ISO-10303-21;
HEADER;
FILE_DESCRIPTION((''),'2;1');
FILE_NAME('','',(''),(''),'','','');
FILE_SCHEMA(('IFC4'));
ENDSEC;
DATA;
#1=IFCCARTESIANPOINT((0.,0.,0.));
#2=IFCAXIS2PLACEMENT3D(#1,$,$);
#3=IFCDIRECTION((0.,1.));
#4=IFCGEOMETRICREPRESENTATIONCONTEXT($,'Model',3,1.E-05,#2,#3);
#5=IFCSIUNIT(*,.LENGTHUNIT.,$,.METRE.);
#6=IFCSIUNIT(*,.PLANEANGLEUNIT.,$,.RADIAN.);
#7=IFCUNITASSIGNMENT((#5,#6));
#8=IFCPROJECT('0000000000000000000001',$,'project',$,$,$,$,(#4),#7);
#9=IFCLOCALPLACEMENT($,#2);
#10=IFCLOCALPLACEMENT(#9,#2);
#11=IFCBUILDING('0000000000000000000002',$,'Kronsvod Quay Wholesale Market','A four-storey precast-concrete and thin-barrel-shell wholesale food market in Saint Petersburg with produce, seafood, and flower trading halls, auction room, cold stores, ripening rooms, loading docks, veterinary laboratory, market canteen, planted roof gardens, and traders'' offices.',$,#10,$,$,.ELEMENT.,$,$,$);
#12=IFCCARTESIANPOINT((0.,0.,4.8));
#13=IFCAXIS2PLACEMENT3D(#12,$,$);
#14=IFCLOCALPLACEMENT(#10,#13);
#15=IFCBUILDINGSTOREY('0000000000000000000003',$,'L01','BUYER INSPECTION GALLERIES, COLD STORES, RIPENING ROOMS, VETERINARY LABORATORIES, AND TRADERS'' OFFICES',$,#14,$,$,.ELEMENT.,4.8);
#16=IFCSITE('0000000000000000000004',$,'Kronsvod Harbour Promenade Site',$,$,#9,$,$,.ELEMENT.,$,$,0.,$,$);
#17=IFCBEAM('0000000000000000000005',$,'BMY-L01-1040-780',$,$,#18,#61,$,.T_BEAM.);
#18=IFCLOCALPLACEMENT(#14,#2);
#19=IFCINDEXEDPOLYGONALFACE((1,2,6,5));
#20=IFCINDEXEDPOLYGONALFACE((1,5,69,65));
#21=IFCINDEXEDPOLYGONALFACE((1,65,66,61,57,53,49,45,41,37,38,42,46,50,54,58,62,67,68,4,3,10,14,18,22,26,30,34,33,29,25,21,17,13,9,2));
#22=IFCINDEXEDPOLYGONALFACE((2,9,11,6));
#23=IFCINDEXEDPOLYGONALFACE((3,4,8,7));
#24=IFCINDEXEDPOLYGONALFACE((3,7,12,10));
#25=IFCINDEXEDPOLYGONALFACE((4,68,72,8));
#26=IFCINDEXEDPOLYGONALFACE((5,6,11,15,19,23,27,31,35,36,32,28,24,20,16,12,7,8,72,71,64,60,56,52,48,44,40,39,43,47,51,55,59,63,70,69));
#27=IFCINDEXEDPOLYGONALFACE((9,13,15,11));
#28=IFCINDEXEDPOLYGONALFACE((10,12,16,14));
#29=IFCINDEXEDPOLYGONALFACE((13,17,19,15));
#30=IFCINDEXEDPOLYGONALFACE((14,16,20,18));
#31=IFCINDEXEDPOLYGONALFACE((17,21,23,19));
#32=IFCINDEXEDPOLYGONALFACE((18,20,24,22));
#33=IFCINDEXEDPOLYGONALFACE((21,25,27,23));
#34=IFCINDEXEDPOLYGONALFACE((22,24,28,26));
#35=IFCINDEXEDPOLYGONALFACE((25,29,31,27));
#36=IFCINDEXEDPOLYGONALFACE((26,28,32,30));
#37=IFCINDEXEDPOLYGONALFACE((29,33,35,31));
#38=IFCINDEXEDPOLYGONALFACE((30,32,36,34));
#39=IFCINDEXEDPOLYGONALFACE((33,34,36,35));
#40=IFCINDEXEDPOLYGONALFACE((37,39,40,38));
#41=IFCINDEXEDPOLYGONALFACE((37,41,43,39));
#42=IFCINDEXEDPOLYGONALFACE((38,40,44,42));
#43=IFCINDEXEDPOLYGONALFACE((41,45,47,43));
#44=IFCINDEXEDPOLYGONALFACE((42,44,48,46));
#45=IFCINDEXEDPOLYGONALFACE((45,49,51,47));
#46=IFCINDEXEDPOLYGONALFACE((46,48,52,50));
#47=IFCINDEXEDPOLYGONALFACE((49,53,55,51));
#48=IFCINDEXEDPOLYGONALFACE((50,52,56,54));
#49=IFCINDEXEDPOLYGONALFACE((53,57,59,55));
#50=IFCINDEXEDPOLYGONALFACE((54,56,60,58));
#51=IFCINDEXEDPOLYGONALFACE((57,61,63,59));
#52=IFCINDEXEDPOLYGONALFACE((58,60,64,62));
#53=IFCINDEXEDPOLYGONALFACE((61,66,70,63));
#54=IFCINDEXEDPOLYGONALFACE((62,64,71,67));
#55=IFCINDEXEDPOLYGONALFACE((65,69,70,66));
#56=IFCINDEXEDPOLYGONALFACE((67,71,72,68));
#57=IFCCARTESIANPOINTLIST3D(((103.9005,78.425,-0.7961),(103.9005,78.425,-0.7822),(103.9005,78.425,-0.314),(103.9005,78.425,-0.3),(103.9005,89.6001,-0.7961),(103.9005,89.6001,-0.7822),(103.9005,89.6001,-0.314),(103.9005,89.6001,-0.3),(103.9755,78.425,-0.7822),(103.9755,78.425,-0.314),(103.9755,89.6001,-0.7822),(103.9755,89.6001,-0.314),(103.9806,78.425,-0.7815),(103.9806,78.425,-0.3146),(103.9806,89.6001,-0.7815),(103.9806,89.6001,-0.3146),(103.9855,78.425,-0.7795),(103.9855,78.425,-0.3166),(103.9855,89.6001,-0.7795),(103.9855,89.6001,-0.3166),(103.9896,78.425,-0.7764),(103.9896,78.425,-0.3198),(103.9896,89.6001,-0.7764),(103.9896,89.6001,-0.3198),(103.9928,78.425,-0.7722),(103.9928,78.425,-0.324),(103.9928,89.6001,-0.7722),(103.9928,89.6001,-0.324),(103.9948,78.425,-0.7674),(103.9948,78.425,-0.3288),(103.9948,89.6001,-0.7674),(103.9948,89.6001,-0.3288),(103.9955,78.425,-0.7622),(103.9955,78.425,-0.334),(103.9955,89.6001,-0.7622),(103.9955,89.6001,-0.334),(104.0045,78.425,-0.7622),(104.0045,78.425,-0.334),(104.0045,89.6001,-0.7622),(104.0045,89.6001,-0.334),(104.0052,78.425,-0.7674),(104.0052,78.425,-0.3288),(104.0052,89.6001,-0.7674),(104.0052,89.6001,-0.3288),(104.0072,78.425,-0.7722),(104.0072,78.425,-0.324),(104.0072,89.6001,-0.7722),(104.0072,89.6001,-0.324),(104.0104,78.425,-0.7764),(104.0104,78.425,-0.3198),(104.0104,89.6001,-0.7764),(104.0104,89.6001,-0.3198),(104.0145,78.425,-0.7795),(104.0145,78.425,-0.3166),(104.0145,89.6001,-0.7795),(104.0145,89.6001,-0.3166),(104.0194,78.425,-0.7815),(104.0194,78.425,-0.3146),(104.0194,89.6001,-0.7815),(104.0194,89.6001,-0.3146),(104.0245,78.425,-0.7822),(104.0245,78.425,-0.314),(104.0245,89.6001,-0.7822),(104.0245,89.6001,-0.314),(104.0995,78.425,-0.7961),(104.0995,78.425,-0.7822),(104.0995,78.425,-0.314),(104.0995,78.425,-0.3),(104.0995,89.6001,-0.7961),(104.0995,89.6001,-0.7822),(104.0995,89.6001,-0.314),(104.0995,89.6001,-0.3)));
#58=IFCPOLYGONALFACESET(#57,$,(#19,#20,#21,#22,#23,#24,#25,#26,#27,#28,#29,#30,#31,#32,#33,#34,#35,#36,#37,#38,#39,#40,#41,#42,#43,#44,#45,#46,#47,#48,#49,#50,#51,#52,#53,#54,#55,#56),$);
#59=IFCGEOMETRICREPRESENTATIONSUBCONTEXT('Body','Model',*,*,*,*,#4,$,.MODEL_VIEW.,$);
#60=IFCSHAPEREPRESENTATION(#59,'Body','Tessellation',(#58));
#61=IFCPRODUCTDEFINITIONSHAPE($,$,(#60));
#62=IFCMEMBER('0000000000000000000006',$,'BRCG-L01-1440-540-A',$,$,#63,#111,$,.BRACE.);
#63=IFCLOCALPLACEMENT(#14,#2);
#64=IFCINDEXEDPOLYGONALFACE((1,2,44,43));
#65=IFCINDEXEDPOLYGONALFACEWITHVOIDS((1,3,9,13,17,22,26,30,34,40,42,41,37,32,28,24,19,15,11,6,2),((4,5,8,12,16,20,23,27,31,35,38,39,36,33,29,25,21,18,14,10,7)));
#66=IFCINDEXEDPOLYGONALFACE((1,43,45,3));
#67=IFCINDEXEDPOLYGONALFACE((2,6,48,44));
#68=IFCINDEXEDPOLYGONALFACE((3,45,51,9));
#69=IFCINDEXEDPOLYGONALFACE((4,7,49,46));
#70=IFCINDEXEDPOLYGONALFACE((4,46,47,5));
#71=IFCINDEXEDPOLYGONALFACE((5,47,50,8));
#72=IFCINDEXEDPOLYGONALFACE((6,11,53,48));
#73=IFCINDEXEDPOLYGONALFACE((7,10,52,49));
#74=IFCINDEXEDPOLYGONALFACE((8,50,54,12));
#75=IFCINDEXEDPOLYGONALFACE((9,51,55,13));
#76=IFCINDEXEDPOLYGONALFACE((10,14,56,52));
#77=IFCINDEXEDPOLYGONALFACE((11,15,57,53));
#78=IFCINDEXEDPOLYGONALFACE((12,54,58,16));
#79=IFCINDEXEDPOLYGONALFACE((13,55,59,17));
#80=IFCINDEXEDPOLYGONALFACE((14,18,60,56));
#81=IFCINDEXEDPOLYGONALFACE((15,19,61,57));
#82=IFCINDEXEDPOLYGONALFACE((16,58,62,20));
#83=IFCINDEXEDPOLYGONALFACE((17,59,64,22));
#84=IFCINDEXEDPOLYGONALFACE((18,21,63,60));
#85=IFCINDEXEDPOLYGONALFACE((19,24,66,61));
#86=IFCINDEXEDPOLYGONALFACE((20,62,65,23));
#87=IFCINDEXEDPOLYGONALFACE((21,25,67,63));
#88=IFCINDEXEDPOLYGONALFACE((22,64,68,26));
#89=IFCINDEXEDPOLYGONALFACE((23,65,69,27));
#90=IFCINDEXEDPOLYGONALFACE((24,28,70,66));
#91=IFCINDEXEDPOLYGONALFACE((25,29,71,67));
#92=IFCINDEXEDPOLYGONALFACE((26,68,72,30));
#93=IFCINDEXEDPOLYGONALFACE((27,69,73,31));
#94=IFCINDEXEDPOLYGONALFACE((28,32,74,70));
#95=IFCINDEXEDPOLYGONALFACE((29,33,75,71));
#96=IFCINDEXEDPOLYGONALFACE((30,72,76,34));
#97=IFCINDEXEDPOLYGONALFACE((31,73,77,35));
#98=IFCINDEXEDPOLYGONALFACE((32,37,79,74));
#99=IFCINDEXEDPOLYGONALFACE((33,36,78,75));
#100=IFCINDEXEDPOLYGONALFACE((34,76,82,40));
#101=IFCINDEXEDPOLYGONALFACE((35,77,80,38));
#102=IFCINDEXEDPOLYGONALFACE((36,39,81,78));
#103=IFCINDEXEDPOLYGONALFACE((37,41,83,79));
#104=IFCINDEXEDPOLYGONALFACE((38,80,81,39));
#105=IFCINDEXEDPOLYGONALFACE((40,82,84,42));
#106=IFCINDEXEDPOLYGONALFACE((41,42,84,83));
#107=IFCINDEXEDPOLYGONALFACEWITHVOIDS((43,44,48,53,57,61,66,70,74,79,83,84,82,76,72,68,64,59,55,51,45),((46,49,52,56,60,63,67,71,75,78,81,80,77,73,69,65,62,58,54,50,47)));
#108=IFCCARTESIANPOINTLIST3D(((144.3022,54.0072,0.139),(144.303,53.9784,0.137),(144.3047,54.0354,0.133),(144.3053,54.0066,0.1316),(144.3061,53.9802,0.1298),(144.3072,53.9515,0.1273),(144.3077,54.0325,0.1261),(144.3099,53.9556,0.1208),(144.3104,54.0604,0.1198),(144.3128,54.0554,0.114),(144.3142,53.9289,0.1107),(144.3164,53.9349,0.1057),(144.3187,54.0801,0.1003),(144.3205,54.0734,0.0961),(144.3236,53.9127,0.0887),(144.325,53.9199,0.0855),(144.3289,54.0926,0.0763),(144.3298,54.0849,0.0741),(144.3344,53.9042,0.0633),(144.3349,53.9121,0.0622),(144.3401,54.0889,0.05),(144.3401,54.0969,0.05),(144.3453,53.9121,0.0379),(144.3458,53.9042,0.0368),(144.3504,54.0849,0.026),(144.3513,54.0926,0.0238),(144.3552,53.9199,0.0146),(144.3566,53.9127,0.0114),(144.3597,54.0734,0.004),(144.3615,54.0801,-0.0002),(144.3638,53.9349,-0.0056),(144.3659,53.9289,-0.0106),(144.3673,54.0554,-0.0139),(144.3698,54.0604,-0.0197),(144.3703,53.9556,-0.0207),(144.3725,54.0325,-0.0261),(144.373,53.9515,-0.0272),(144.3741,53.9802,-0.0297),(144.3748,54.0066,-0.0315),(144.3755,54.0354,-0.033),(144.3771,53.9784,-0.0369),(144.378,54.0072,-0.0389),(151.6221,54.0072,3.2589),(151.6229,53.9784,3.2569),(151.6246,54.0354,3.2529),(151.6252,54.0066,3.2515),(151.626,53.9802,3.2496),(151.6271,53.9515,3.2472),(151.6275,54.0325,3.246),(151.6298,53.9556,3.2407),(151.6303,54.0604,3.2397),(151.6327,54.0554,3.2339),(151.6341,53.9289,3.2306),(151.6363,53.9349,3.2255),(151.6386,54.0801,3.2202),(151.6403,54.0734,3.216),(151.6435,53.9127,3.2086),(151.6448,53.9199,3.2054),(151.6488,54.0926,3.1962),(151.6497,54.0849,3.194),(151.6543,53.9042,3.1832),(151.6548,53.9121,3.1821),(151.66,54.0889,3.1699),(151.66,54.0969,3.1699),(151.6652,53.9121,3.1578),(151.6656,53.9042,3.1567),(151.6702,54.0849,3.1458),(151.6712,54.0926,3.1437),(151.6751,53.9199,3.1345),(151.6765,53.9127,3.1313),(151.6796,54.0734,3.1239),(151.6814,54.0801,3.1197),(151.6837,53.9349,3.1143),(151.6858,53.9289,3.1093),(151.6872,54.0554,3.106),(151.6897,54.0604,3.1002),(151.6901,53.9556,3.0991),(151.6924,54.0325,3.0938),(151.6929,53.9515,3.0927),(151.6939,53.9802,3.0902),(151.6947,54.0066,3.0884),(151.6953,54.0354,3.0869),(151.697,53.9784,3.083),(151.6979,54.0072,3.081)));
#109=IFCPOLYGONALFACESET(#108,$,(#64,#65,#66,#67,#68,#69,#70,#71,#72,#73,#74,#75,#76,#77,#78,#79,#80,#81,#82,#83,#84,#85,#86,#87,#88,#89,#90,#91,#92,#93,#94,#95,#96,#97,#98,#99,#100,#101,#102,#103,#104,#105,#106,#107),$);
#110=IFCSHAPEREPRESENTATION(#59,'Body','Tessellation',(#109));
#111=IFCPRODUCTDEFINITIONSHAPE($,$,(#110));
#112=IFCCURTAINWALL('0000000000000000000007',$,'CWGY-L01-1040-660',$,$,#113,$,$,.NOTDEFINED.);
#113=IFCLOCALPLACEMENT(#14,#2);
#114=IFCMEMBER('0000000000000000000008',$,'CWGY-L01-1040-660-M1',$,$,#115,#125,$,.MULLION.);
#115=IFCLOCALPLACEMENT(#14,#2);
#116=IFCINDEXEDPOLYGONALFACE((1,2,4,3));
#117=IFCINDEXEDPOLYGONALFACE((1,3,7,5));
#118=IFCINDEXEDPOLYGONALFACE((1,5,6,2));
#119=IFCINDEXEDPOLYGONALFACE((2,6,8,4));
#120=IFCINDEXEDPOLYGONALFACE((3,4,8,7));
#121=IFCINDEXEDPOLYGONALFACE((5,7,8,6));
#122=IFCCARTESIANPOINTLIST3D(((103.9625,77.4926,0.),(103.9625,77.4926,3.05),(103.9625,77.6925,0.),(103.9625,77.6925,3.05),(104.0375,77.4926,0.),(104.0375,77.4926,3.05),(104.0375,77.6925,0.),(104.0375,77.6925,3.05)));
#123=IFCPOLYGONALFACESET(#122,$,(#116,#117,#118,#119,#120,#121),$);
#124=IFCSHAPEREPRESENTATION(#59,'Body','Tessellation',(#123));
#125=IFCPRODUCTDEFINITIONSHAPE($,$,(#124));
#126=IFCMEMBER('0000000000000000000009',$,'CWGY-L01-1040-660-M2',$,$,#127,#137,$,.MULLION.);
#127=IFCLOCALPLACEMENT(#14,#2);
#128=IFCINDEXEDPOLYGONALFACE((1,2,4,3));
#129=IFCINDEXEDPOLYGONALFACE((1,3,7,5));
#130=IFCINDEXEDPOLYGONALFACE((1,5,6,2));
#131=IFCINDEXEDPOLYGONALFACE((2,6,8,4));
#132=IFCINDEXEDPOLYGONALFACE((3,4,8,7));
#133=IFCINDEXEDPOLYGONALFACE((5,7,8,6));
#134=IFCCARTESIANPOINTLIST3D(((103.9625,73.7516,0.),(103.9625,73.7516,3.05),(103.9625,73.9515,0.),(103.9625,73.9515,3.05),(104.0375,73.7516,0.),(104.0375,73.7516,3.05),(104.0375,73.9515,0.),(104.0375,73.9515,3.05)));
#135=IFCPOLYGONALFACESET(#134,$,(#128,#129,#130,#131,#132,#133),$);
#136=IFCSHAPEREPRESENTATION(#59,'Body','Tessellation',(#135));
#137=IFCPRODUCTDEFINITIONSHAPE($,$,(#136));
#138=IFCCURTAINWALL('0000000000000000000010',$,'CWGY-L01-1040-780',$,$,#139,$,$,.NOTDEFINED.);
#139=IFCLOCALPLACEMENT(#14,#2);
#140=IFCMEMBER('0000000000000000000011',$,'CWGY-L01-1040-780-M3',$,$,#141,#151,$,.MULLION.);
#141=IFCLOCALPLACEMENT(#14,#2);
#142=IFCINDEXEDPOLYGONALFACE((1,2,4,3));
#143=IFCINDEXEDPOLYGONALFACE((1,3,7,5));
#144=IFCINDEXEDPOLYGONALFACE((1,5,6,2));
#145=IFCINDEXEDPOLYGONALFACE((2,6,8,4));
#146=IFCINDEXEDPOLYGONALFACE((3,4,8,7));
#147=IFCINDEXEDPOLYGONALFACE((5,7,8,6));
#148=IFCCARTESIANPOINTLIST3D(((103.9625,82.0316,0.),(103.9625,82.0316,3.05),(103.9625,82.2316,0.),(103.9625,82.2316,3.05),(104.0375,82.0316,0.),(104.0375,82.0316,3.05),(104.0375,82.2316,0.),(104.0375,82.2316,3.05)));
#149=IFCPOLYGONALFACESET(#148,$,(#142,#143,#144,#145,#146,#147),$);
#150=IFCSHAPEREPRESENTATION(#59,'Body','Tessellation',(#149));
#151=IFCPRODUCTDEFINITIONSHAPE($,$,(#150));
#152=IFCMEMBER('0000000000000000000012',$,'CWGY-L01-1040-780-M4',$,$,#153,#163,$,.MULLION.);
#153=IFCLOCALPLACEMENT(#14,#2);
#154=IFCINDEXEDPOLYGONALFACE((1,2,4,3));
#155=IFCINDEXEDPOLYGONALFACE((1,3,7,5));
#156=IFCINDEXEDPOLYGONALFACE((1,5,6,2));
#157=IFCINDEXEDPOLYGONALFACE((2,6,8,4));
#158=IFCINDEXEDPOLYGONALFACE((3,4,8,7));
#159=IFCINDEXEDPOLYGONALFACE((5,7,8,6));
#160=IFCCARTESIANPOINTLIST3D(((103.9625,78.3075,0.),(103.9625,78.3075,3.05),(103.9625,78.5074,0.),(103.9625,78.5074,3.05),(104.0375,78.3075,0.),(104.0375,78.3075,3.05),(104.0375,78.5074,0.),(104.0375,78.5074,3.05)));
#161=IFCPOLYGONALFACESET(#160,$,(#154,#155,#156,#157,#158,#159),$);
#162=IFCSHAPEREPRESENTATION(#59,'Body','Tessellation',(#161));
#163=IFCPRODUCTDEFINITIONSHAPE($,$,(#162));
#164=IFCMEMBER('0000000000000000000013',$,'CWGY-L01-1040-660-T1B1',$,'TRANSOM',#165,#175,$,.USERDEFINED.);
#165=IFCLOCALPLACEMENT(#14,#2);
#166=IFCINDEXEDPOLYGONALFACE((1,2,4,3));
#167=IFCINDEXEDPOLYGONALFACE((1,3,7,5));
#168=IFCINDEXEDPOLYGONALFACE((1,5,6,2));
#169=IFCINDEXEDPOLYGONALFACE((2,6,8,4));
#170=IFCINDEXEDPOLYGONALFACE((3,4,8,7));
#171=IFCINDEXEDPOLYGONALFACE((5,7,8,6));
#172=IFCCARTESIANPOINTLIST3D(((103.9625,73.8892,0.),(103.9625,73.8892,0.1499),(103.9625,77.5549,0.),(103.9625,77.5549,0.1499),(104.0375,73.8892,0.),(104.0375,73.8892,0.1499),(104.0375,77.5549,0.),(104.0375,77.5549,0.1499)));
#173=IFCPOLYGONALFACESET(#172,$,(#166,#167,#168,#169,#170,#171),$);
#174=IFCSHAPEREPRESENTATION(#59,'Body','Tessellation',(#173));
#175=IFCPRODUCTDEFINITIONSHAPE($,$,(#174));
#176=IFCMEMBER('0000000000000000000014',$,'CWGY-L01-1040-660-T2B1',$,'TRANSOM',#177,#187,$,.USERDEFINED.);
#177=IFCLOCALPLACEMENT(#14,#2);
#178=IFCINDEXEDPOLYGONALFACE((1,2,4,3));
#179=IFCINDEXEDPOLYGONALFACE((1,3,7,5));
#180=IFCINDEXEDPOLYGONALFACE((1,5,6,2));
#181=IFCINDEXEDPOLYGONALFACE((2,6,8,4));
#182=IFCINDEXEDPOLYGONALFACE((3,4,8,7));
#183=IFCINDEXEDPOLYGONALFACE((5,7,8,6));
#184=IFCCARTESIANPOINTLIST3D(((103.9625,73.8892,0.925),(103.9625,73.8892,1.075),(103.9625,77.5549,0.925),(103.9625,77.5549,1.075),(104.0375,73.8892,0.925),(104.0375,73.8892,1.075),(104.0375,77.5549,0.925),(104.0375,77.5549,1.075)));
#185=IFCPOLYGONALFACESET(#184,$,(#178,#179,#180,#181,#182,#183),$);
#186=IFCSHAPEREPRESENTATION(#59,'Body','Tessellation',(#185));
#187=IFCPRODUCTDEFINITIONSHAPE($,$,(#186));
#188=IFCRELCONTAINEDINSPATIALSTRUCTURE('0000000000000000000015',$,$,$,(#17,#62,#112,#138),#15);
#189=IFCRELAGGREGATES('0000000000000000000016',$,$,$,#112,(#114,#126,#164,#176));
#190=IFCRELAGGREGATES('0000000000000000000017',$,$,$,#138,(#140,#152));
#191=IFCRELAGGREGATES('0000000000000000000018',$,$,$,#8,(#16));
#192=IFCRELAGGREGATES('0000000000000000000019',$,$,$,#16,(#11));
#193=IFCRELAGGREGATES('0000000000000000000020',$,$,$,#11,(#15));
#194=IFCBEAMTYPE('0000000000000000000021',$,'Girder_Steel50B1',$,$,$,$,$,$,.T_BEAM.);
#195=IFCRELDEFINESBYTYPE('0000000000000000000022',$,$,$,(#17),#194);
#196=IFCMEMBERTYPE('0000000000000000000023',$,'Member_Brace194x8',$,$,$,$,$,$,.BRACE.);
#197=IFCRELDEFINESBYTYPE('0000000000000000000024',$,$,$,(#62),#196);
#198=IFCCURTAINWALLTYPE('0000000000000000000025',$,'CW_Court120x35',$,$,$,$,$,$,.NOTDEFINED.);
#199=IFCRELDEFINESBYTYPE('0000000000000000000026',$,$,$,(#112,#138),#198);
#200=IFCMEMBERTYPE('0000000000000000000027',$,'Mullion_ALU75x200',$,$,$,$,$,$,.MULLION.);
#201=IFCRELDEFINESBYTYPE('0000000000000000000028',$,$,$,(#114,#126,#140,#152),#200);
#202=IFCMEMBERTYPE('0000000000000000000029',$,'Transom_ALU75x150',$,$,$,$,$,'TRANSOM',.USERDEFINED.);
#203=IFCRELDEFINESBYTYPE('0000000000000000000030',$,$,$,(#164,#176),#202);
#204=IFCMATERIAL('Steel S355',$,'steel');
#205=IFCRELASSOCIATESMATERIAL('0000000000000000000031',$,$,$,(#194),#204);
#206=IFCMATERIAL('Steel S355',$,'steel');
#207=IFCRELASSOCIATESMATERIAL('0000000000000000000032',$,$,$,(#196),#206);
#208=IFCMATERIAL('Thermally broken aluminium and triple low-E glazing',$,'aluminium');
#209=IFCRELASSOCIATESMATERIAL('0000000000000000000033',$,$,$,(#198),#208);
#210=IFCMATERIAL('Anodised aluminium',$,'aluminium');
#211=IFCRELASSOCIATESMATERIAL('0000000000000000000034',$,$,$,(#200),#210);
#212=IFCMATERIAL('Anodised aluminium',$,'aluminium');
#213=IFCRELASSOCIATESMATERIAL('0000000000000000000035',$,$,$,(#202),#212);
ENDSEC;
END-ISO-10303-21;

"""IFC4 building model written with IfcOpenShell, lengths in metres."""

from ifc_helpers import new_model, si_unit, direction, frame, origin, origin_2d, place, context, subcontext, project, spatial, rectangle, hollow_circle, i_section, extrude, material, material_profile, profile_set, type_object, element, aggregate, save


model = new_model("IFC4")

# Units and contexts
model_context = context("Model", 3, precision=1e-05, world=origin(), true_north=direction((0.0, 1.0)))
body_context = subcontext(model_context, "Body", "Model", "MODEL_VIEW")
ifc_project = project(units=[si_unit("LENGTHUNIT", "METRE"), si_unit("PLANEANGLEUNIT", "RADIAN")], contexts=[model_context])

# Site, building, storey
site_placement = place(None, origin())
site = spatial("IfcSite", under=ifc_project, at=site_placement, Name="Kronsvod Harbour Promenade Site", CompositionType="ELEMENT", RefElevation=0.0)
building_placement = place(site_placement, origin())
building = spatial("IfcBuilding", under=site, at=building_placement, Name="Kronsvod Quay Wholesale Market", Description="A four-storey precast-concrete and thin-barrel-shell wholesale food market in Saint Petersburg with produce, seafood, and flower trading halls, auction room, cold stores, ripening rooms, loading docks, veterinary laboratory, market canteen, planted roof gardens, and traders' offices.", CompositionType="ELEMENT")
storey_placement = place(building_placement, frame((0.0, 0.0, 4.8)))
storey = spatial("IfcBuildingStorey", under=building, at=storey_placement, Name="L01", Description="BUYER INSPECTION GALLERIES, COLD STORES, RIPENING ROOMS, VETERINARY LABORATORIES, AND TRADERS' OFFICES", CompositionType="ELEMENT", Elevation=4.8)

# Beam
ifc_material_1 = material(Name="Steel S355", Category="steel")
ifc_material_profile_1 = material_profile(ifc_material_1, i_section(OverallWidth=0.199, OverallDepth=0.4961, WebThickness=0.009, FlangeThickness=0.0139, FilletRadius=0.02, at=origin_2d()), Name="50B1")
ifc_profile_set_1 = profile_set([ifc_material_profile_1], Name="Steel S355")
beam_type_1 = type_object("IfcBeamType", Name="Girder_Steel50B1", PredefinedType="T_BEAM", material=ifc_profile_set_1)
beam_1_placement = place(storey_placement, frame((104.0, 78.425, -0.5481), z_axis=(0.0, 1.0, 0.0), x_axis=(-1.0, 0.0, 0.0)))
element("IfcBeam", 1, at=beam_1_placement, inside=storey, type_object=beam_type_1, Name="BMY-L01-1040-780", PredefinedType="T_BEAM", context=body_context, shape_type="SweptSolid", body=[
    extrude(i_section(OverallWidth=0.199, OverallDepth=0.4961, WebThickness=0.009, FlangeThickness=0.0139, FilletRadius=0.02, at=origin_2d()), origin(), (0.0, 0.0, 1.0), 11.175),
])

# Member
ifc_material_2 = material(Name="Steel S355", Category="steel")
ifc_material_profile_2 = material_profile(ifc_material_2, hollow_circle(Radius=0.0969, WallThickness=0.0081, at=origin_2d()), Name="CHS194x8")
ifc_profile_set_2 = profile_set([ifc_material_profile_2], Name="Steel S355")
member_type_1 = type_object("IfcMemberType", Name="Member_Brace194x8", PredefinedType="BRACE", material=ifc_profile_set_2)
member_1_placement = place(storey_placement, frame((144.3401, 54.0, 0.05), z_axis=(0.919926, 0.0, 0.392093), x_axis=(0.0, 1.0, 0.0)))
element("IfcMember", 2, at=member_1_placement, inside=storey, type_object=member_type_1, Name="BRCG-L01-1440-540-A", PredefinedType="BRACE", context=body_context, shape_type="SweptSolid", body=[
    extrude(hollow_circle(Radius=0.0969, WallThickness=0.0081, at=origin_2d()), origin(), (0.0, 0.0, 1.0), 7.957),
])

# Curtain walls, members
ifc_material_3 = material(Name="Thermally broken aluminium and triple low-E glazing", Category="aluminium")
curtain_wall_type = type_object("IfcCurtainWallType", Name="CW_Court120x35", PredefinedType="NOTDEFINED", material=ifc_material_3)
curtain_wall_1_placement = place(storey_placement, origin())
curtain_wall_1 = element("IfcCurtainWall", 3, at=curtain_wall_1_placement, inside=storey, type_object=curtain_wall_type, Name="CWGY-L01-1040-660", PredefinedType="NOTDEFINED")
ifc_material_4 = material(Name="Anodised aluminium", Category="aluminium")
ifc_material_profile_3 = material_profile(ifc_material_4, rectangle(XDim=0.075, YDim=0.2, at=origin_2d()), Name="ALUM75x200")
ifc_profile_set_3 = profile_set([ifc_material_profile_3], Name="Anodised aluminium")
member_type_2 = type_object("IfcMemberType", Name="Mullion_ALU75x200", PredefinedType="MULLION", material=ifc_profile_set_3)
member_2_placement = place(storey_placement, frame((104.0, 77.5925, 0.0), z_axis=(0.0, 0.0, 1.0), x_axis=(1.0, 0.0, 0.0)))
member_2 = element("IfcMember", 4, at=member_2_placement, type_object=member_type_2, Name="CWGY-L01-1040-660-M1", PredefinedType="MULLION", context=body_context, shape_type="SweptSolid", body=[
    extrude(rectangle(XDim=0.075, YDim=0.2, at=origin_2d()), origin(), (0.0, 0.0, 1.0), 3.05),
])
member_3_placement = place(storey_placement, frame((104.0, 73.8516, 0.0), z_axis=(0.0, 0.0, 1.0), x_axis=(1.0, 0.0, 0.0)))
member_3 = element("IfcMember", 5, at=member_3_placement, type_object=member_type_2, Name="CWGY-L01-1040-660-M2", PredefinedType="MULLION", context=body_context, shape_type="SweptSolid", body=[
    extrude(rectangle(XDim=0.075, YDim=0.2, at=origin_2d()), origin(), (0.0, 0.0, 1.0), 3.05),
])
curtain_wall_2_placement = place(storey_placement, origin())
curtain_wall_2 = element("IfcCurtainWall", 6, at=curtain_wall_2_placement, inside=storey, type_object=curtain_wall_type, Name="CWGY-L01-1040-780", PredefinedType="NOTDEFINED")
member_4_placement = place(storey_placement, frame((104.0, 82.1316, 0.0), z_axis=(0.0, 0.0, 1.0), x_axis=(1.0, 0.0, 0.0)))
member_4 = element("IfcMember", 7, at=member_4_placement, type_object=member_type_2, Name="CWGY-L01-1040-780-M3", PredefinedType="MULLION", context=body_context, shape_type="SweptSolid", body=[
    extrude(rectangle(XDim=0.075, YDim=0.2, at=origin_2d()), origin(), (0.0, 0.0, 1.0), 3.05),
])
member_5_placement = place(storey_placement, frame((104.0, 78.4075, 0.0), z_axis=(0.0, 0.0, 1.0), x_axis=(1.0, 0.0, 0.0)))
member_5 = element("IfcMember", 8, at=member_5_placement, type_object=member_type_2, Name="CWGY-L01-1040-780-M4", PredefinedType="MULLION", context=body_context, shape_type="SweptSolid", body=[
    extrude(rectangle(XDim=0.075, YDim=0.2, at=origin_2d()), origin(), (0.0, 0.0, 1.0), 3.05),
])

# Members
ifc_material_5 = material(Name="Anodised aluminium", Category="aluminium")
ifc_material_profile_4 = material_profile(ifc_material_5, rectangle(XDim=0.075, YDim=0.1499, at=origin_2d()), Name="ALUT75x150")
ifc_profile_set_4 = profile_set([ifc_material_profile_4], Name="Anodised aluminium")
member_type_3 = type_object("IfcMemberType", Name="Transom_ALU75x150", ElementType="TRANSOM", PredefinedType="USERDEFINED", material=ifc_profile_set_4)
member_6_placement = place(storey_placement, frame((104.0, 77.5549, 0.075), z_axis=(0.0, -1.0, 0.0), x_axis=(1.0, 0.0, 0.0)))
member_6 = element("IfcMember", 9, at=member_6_placement, type_object=member_type_3, Name="CWGY-L01-1040-660-T1B1", ObjectType="TRANSOM", PredefinedType="USERDEFINED", context=body_context, shape_type="SweptSolid", body=[
    extrude(rectangle(XDim=0.075, YDim=0.1499, at=origin_2d()), origin(), (0.0, 0.0, 1.0), 3.6658),
])
member_7_placement = place(storey_placement, frame((104.0, 77.5549, 1.0), z_axis=(0.0, -1.0, 0.0), x_axis=(1.0, 0.0, 0.0)))
member_7 = element("IfcMember", 10, at=member_7_placement, type_object=member_type_3, Name="CWGY-L01-1040-660-T2B1", ObjectType="TRANSOM", PredefinedType="USERDEFINED", context=body_context, shape_type="SweptSolid", body=[
    extrude(rectangle(XDim=0.075, YDim=0.1499, at=origin_2d()), origin(), (0.0, 0.0, 1.0), 3.6658),
])

aggregate(curtain_wall_1, [member_2, member_3, member_6, member_7])
aggregate(curtain_wall_2, [member_4, member_5])

save(model, "model.ifc")
